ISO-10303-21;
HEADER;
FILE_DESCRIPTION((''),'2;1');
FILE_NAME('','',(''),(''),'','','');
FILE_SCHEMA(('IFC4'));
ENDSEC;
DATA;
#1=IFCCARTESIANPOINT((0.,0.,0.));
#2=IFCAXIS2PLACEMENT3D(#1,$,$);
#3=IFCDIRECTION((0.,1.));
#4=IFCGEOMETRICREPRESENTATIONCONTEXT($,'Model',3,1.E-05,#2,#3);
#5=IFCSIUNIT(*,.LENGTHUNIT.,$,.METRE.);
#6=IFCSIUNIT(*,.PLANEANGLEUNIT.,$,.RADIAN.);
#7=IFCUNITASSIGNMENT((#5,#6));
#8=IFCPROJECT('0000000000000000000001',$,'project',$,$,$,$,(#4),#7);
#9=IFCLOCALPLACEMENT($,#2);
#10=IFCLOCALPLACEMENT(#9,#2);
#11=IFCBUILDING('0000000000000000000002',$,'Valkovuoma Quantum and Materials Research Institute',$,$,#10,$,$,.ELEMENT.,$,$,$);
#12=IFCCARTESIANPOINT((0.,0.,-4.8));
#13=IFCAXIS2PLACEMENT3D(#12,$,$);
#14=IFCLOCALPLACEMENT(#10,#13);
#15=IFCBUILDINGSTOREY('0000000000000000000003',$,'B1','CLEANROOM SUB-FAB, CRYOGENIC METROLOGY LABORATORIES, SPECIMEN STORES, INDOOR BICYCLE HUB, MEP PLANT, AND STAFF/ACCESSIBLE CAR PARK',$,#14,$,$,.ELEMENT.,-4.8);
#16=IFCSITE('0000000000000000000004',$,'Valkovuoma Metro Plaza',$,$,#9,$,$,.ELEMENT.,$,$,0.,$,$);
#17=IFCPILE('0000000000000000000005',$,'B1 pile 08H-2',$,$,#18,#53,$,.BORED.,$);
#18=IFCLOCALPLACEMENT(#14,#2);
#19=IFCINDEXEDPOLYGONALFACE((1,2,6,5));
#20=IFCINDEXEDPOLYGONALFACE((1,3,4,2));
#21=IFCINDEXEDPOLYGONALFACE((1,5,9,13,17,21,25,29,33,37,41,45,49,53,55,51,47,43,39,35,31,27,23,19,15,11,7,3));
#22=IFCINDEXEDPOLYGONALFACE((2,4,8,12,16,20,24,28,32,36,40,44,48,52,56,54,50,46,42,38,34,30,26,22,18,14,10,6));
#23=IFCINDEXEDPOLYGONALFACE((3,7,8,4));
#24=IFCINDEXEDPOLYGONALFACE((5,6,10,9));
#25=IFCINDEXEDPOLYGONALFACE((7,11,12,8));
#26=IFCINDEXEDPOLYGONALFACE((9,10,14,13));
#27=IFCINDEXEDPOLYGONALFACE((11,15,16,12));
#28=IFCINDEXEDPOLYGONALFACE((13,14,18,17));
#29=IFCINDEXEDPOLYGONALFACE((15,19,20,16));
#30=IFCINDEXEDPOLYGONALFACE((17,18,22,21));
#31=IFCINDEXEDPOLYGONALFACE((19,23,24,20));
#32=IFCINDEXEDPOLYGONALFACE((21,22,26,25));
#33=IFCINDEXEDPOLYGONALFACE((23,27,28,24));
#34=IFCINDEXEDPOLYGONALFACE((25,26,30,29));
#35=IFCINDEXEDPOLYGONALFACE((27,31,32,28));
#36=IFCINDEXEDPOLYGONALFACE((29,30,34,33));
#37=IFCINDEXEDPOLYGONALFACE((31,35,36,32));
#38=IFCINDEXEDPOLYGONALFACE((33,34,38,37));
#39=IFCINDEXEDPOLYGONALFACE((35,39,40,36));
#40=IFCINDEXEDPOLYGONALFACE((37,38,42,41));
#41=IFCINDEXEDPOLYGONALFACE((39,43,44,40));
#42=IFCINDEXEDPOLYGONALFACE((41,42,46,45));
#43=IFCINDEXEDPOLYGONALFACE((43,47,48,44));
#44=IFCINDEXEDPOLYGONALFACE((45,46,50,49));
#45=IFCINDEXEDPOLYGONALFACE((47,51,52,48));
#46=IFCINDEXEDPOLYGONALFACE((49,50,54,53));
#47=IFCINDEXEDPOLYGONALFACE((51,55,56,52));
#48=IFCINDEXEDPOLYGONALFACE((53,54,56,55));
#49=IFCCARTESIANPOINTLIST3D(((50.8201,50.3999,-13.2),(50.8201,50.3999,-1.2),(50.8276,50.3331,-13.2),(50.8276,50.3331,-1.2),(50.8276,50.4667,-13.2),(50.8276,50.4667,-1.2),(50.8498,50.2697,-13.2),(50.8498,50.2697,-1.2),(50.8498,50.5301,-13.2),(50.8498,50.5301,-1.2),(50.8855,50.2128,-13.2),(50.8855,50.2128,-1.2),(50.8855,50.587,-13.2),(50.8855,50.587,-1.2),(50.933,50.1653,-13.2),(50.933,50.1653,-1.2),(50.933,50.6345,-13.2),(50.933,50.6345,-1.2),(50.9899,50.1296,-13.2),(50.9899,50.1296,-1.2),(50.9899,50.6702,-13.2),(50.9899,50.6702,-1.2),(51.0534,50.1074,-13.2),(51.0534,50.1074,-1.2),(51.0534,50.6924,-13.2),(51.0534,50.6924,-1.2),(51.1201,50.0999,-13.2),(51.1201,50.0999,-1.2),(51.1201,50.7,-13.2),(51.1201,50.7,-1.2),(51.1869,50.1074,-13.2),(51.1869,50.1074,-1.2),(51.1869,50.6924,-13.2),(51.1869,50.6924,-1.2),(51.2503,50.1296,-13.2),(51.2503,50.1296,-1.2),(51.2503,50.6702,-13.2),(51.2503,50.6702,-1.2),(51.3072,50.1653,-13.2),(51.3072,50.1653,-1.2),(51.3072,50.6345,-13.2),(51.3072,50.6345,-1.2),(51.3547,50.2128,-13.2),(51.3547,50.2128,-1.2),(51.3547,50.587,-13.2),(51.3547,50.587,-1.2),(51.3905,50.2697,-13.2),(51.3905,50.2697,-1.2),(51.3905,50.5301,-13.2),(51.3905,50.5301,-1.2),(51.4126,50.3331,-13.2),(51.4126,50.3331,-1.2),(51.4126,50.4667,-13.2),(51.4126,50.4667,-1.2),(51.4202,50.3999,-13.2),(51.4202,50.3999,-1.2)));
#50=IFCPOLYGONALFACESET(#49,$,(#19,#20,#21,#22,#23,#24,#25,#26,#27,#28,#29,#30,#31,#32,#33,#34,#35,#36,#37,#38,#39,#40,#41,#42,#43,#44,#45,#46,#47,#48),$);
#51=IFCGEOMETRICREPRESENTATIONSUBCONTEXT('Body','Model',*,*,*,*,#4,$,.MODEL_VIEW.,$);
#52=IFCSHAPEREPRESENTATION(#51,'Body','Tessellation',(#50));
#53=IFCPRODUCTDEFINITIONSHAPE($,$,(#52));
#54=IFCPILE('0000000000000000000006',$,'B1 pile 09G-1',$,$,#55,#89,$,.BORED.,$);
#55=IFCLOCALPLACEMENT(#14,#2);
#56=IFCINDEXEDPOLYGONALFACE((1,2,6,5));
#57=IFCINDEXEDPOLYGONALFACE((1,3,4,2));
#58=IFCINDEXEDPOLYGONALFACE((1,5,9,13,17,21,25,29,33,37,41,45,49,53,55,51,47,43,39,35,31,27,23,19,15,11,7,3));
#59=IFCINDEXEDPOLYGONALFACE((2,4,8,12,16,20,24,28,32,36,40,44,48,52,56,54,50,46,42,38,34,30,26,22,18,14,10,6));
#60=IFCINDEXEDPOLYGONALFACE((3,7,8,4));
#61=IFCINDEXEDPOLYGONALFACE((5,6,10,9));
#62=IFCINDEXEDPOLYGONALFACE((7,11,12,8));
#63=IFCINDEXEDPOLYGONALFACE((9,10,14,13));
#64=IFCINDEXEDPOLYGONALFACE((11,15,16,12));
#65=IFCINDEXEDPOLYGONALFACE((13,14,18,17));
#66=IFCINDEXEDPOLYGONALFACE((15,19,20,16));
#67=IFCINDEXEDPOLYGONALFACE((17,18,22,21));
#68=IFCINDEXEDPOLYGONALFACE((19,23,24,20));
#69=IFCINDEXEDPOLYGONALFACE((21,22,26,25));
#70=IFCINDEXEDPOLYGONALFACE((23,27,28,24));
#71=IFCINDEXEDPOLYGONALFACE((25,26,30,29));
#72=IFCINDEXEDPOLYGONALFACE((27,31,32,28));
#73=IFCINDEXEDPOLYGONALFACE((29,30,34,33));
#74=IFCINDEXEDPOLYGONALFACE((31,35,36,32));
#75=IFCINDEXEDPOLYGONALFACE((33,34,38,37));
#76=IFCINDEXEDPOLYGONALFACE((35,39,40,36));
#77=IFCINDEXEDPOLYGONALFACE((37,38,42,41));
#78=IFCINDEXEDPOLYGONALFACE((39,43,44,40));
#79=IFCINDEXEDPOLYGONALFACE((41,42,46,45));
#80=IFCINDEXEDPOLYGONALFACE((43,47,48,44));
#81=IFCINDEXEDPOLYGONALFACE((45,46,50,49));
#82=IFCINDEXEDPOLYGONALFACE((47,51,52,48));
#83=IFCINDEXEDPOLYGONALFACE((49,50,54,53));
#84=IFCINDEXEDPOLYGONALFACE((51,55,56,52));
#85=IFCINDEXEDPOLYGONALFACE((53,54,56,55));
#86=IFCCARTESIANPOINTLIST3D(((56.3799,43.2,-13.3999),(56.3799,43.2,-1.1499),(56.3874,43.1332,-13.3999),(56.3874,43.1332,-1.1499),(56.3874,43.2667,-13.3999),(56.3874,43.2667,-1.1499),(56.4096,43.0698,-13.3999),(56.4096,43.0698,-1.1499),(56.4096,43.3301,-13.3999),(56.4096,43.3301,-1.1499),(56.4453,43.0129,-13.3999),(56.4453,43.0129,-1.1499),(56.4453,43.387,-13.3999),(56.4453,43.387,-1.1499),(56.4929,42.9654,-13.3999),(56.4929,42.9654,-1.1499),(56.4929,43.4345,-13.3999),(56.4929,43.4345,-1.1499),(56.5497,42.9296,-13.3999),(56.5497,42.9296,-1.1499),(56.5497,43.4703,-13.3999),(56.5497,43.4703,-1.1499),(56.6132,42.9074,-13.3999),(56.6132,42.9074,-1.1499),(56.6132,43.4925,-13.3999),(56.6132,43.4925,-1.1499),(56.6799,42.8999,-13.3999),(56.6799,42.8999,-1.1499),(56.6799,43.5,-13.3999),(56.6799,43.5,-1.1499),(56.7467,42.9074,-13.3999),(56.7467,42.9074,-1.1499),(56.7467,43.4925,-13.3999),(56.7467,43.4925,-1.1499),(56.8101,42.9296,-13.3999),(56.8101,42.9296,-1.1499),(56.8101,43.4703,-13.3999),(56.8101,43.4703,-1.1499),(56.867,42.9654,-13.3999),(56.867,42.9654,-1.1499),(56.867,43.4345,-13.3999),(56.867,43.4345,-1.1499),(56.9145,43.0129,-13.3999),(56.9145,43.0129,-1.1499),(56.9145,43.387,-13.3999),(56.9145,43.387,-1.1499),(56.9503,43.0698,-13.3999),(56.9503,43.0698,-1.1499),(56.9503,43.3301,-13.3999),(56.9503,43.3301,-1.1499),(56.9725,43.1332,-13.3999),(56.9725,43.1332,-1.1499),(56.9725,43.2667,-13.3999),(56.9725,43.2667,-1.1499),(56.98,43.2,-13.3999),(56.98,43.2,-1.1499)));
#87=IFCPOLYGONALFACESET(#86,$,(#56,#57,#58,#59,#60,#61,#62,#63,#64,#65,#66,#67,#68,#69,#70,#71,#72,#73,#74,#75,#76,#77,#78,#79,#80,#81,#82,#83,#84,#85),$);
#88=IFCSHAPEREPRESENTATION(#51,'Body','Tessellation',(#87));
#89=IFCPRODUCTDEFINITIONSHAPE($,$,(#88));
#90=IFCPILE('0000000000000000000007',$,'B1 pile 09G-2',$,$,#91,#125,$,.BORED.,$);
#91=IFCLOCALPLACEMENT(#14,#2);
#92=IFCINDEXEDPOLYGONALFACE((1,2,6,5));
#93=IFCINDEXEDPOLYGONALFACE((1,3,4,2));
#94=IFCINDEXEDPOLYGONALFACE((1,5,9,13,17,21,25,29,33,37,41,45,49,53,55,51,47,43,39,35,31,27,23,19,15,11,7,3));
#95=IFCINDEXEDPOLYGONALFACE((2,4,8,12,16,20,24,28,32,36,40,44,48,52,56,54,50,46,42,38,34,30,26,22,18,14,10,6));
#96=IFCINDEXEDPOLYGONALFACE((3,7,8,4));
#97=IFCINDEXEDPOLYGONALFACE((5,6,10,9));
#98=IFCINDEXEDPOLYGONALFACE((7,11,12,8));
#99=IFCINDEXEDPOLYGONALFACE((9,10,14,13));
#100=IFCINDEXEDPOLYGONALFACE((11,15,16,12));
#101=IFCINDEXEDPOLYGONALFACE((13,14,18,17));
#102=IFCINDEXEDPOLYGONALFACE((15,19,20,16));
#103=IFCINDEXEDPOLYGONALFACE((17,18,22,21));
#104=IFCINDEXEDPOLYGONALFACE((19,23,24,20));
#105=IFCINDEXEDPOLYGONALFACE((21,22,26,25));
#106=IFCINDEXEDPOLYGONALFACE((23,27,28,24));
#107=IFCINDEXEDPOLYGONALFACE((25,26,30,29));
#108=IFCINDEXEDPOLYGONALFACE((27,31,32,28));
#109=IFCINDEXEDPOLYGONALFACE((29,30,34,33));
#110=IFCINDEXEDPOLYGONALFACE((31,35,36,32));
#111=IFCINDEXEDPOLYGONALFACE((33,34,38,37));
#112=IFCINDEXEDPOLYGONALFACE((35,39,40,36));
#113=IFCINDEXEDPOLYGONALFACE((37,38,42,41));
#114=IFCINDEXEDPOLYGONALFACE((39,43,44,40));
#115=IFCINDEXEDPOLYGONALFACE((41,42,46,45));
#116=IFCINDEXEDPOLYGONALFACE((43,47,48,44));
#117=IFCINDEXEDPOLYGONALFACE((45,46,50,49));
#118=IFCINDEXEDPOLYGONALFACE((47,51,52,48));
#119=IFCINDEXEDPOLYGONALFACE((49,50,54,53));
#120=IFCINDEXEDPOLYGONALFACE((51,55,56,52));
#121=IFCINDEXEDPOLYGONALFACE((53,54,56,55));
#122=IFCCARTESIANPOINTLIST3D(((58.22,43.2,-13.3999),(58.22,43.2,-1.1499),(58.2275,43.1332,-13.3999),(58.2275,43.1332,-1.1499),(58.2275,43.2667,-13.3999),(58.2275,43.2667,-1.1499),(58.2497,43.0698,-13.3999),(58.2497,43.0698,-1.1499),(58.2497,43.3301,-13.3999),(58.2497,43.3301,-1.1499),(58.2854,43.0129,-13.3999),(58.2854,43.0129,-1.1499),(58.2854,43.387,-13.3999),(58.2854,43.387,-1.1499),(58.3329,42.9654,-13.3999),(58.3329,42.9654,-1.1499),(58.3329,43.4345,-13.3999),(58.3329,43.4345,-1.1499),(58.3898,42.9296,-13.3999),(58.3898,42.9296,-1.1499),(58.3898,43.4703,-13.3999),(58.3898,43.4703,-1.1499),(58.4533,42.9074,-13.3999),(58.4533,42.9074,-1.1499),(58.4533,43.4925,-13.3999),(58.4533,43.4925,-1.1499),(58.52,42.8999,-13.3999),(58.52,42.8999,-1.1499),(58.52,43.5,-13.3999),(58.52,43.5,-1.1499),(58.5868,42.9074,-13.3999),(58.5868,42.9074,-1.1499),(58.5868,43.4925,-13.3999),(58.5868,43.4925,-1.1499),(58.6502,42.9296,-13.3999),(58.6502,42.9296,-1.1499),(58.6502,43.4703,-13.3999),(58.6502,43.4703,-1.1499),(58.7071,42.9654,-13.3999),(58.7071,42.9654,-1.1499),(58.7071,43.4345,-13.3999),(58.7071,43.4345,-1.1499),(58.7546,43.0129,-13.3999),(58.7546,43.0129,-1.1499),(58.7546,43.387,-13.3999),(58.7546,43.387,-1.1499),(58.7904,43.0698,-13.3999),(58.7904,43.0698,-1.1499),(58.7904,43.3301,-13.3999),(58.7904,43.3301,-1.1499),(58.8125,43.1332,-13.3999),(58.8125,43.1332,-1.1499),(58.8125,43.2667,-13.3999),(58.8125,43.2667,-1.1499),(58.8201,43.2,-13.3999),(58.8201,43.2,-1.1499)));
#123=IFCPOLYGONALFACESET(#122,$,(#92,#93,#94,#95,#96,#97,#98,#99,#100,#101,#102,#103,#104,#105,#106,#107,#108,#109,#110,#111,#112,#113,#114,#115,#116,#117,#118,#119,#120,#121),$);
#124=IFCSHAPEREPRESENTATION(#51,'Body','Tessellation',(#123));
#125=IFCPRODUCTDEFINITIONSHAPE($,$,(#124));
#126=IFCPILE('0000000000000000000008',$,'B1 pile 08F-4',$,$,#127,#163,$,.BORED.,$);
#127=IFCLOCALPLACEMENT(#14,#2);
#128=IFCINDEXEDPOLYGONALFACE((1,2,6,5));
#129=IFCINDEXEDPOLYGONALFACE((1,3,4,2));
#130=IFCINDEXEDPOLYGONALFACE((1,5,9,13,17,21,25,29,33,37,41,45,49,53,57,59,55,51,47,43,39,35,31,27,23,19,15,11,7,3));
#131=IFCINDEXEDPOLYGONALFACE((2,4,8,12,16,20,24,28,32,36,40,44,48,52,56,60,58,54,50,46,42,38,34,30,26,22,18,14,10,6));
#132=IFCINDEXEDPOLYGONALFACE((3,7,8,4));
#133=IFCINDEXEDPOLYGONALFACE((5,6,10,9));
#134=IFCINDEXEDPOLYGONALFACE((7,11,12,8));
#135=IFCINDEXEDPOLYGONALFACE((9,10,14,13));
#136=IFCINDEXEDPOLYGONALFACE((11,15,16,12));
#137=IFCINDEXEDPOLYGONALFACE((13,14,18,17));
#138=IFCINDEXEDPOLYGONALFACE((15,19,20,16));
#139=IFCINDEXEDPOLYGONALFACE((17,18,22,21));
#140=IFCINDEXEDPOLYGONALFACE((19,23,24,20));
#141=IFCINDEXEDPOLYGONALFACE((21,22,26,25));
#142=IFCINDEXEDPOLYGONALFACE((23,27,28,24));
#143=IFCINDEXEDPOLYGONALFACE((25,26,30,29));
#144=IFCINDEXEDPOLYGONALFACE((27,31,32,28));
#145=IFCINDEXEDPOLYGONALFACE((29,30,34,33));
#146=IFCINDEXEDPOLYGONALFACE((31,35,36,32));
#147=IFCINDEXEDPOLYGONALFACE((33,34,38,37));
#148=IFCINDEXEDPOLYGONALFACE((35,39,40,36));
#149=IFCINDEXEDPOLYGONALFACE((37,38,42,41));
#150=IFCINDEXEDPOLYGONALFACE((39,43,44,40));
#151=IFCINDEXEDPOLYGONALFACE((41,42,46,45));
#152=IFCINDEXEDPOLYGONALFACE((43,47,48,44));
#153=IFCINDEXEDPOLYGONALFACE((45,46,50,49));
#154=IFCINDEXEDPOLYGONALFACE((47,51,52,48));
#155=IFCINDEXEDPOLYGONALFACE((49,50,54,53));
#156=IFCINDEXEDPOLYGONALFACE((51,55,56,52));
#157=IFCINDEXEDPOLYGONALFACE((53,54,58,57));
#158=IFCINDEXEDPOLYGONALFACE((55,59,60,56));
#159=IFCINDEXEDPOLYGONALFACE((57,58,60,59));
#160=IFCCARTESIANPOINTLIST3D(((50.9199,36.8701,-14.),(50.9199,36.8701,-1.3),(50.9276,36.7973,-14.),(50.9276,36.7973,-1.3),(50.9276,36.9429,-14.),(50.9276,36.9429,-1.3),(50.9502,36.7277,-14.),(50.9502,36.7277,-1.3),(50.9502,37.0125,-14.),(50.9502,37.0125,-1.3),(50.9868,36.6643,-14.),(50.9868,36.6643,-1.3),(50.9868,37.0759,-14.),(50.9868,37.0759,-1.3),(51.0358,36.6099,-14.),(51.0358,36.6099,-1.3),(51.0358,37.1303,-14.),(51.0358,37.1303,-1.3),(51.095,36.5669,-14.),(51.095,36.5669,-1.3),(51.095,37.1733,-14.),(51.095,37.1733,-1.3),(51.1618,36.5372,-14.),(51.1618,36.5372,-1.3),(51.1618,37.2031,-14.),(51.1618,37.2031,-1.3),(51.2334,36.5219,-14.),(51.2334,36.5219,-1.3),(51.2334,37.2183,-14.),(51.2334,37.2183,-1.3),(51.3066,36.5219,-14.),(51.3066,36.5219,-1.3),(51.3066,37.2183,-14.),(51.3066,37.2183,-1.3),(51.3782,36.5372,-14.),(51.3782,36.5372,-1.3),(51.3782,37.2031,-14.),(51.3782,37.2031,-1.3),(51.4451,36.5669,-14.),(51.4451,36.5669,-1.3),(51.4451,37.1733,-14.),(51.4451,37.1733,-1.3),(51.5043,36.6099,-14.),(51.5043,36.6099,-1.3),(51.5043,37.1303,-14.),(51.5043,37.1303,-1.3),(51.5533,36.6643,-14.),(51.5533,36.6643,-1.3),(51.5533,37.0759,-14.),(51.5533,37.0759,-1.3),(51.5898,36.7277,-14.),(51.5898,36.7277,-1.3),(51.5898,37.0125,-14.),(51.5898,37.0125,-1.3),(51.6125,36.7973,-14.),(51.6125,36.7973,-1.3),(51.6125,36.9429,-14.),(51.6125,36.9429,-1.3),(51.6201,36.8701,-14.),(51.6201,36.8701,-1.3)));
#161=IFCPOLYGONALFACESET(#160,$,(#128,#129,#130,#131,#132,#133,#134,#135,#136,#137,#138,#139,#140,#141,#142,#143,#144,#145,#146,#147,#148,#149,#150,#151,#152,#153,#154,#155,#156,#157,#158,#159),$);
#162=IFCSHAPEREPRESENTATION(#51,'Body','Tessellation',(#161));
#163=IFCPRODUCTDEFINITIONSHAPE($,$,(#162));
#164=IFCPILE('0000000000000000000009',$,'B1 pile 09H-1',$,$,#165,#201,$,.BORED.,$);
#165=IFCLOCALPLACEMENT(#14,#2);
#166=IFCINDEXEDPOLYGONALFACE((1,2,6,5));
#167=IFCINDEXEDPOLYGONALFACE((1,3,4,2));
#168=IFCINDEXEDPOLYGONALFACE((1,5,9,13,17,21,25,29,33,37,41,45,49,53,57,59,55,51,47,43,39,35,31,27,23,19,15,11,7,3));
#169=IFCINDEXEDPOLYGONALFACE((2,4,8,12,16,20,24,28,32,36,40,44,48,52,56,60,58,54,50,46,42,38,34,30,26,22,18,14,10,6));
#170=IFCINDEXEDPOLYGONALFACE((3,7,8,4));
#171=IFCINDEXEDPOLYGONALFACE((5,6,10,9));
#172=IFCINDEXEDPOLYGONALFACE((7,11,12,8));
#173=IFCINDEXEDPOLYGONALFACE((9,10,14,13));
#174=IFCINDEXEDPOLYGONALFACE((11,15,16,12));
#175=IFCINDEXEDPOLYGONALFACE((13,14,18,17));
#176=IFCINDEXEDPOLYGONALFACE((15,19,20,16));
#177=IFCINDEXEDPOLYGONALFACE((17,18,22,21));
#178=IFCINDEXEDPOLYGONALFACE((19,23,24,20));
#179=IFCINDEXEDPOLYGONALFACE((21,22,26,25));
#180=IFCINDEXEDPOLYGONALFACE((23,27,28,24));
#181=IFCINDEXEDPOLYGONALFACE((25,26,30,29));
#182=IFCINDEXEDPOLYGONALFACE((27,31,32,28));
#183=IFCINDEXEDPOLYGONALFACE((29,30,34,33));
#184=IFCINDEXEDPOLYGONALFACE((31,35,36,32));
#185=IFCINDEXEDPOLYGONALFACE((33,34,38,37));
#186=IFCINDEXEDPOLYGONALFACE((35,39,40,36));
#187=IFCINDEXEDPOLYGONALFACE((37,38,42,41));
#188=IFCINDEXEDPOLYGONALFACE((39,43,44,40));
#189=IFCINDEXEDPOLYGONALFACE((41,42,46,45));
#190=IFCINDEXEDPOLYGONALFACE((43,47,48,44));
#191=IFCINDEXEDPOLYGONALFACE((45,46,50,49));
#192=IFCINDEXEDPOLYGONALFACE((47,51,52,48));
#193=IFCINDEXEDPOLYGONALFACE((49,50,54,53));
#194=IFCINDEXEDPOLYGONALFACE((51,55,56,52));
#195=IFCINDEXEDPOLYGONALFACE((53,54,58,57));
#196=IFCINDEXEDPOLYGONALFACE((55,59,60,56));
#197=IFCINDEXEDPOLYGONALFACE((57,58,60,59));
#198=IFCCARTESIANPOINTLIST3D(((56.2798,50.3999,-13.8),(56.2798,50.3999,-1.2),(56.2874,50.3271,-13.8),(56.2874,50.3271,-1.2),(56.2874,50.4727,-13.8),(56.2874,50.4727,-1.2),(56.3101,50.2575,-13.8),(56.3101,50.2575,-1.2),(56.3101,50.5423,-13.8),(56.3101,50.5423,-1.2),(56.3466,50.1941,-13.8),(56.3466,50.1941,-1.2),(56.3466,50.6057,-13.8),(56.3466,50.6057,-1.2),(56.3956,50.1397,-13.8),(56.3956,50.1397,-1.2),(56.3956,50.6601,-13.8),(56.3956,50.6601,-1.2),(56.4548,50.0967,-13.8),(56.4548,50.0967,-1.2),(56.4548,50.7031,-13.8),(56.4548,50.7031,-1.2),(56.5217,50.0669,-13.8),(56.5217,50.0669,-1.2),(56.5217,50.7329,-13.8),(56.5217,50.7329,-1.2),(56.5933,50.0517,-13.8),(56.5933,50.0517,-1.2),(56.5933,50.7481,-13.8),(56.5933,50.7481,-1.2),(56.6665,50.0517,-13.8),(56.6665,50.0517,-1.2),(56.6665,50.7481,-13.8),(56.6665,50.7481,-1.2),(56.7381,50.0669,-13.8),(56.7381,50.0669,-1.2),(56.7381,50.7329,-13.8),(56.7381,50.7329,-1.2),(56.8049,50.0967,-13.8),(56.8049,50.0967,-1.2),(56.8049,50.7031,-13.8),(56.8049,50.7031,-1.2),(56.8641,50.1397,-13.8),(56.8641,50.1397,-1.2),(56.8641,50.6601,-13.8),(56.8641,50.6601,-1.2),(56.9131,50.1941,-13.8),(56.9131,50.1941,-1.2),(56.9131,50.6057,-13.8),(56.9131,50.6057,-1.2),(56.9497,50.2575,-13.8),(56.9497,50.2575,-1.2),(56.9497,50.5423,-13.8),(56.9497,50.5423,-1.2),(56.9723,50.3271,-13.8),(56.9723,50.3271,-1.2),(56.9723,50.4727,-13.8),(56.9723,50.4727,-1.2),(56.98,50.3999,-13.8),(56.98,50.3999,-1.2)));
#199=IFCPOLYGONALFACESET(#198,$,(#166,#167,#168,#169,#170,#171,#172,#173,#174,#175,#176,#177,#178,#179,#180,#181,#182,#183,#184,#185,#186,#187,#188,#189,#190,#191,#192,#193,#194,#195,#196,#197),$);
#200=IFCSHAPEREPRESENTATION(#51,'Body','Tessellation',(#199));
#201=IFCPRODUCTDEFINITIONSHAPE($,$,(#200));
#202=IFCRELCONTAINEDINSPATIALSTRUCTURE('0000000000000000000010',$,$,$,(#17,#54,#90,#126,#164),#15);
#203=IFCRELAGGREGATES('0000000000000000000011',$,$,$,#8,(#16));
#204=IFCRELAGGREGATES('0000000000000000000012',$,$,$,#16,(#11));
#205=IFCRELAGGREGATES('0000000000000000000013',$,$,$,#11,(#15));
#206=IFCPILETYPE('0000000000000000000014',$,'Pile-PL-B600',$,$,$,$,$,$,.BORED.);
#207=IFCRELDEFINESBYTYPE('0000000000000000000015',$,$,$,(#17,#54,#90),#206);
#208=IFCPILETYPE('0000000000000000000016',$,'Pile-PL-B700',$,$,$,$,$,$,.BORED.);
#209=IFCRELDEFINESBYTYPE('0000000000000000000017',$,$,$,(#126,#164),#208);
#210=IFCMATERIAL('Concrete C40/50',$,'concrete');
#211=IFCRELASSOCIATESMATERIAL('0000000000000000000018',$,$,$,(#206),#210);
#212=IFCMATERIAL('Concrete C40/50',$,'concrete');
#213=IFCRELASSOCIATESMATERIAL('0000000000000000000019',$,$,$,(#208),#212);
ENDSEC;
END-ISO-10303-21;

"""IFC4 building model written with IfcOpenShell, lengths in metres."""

from ifc_helpers import new_model, si_unit, direction, frame, origin, origin_2d, place, context, subcontext, project, spatial, circle, extrude, material, material_profile, profile_set, type_object, element, save


model = new_model("IFC4")

# Units and contexts
model_context = context("Model", 3, precision=1e-05, world=origin(), true_north=direction((0.0, 1.0)))
body_context = subcontext(model_context, "Body", "Model", "MODEL_VIEW")
ifc_project = project(units=[si_unit("LENGTHUNIT", "METRE"), si_unit("PLANEANGLEUNIT", "RADIAN")], contexts=[model_context])

# Site, building, storey
site_placement = place(None, origin())
site = spatial("IfcSite", under=ifc_project, at=site_placement, Name="Valkovuoma Metro Plaza", CompositionType="ELEMENT", RefElevation=0.0)
building_placement = place(site_placement, origin())
building = spatial("IfcBuilding", under=site, at=building_placement, Name="Valkovuoma Quantum and Materials Research Institute", CompositionType="ELEMENT")
storey_placement = place(building_placement, frame((0.0, 0.0, -4.8)))
storey = spatial("IfcBuildingStorey", under=building, at=storey_placement, Name="B1", Description="CLEANROOM SUB-FAB, CRYOGENIC METROLOGY LABORATORIES, SPECIMEN STORES, INDOOR BICYCLE HUB, MEP PLANT, AND STAFF/ACCESSIBLE CAR PARK", CompositionType="ELEMENT", Elevation=-4.8)

# Piles
ifc_material_1 = material(Name="Concrete C40/50", Category="concrete")
ifc_material_profile_1 = material_profile(ifc_material_1, circle(Radius=0.3, at=origin_2d()), Name="Concrete C40/50")
ifc_profile_set_1 = profile_set([ifc_material_profile_1], Name="Concrete C40/50")
pile_type_1 = type_object("IfcPileType", Name="Pile-PL-B600", PredefinedType="BORED", material=ifc_profile_set_1)
for number, where, z_axis, x_axis, name in (
    (1, (51.1201, 50.3999, -1.2), (0.0, 0.0, -1.0), (1.0, 0.0, 0.0), "B1 pile 08H-2"),
):
    element("IfcPile", number, at=place(storey_placement, frame(where, z_axis=z_axis, x_axis=x_axis)), inside=storey, type_object=pile_type_1, Name=name, PredefinedType="BORED", context=body_context, shape_type="SweptSolid", body=[
        extrude(circle(Radius=0.3, at=origin_2d()), origin(), (0.0, 0.0, 1.0), 12.0),
    ])
for number, where, z_axis, x_axis, name in (
    (2, (56.6799, 43.2, -1.1499), (0.0, 0.0, -1.0), (1.0, 0.0, 0.0), "B1 pile 09G-1"),
    (3, (58.52, 43.2, -1.1499), (0.0, 0.0, -1.0), (1.0, 0.0, 0.0), "B1 pile 09G-2"),
):
    element("IfcPile", number, at=place(storey_placement, frame(where, z_axis=z_axis, x_axis=x_axis)), inside=storey, type_object=pile_type_1, Name=name, PredefinedType="BORED", context=body_context, shape_type="SweptSolid", body=[
        extrude(circle(Radius=0.3, at=origin_2d()), origin(), (0.0, 0.0, 1.0), 12.25),
    ])
ifc_material_2 = material(Name="Concrete C40/50", Category="concrete")
ifc_material_profile_2 = material_profile(ifc_material_2, circle(Radius=0.3501, at=origin_2d()), Name="Concrete C40/50")
ifc_profile_set_2 = profile_set([ifc_material_profile_2], Name="Concrete C40/50")
pile_type_2 = type_object("IfcPileType", Name="Pile-PL-B700", PredefinedType="BORED", material=ifc_profile_set_2)
pile_1_placement = place(storey_placement, frame((51.27, 36.8701, -1.3), z_axis=(0.0, 0.0, -1.0), x_axis=(1.0, 0.0, 0.0)))
element("IfcPile", 4, at=pile_1_placement, inside=storey, type_object=pile_type_2, Name="B1 pile 08F-4", PredefinedType="BORED", context=body_context, shape_type="SweptSolid", body=[
    extrude(circle(Radius=0.3501, at=origin_2d()), origin(), (0.0, 0.0, 1.0), 12.7),
])
for number, where, z_axis, x_axis, name in (
    (5, (56.6299, 50.3999, -1.2), (0.0, 0.0, -1.0), (1.0, 0.0, 0.0), "B1 pile 09H-1"),
):
    element("IfcPile", number, at=place(storey_placement, frame(where, z_axis=z_axis, x_axis=x_axis)), inside=storey, type_object=pile_type_2, Name=name, PredefinedType="BORED", context=body_context, shape_type="SweptSolid", body=[
        extrude(circle(Radius=0.3501, at=origin_2d()), origin(), (0.0, 0.0, 1.0), 12.6001),
    ])

save(model, "model.ifc")
